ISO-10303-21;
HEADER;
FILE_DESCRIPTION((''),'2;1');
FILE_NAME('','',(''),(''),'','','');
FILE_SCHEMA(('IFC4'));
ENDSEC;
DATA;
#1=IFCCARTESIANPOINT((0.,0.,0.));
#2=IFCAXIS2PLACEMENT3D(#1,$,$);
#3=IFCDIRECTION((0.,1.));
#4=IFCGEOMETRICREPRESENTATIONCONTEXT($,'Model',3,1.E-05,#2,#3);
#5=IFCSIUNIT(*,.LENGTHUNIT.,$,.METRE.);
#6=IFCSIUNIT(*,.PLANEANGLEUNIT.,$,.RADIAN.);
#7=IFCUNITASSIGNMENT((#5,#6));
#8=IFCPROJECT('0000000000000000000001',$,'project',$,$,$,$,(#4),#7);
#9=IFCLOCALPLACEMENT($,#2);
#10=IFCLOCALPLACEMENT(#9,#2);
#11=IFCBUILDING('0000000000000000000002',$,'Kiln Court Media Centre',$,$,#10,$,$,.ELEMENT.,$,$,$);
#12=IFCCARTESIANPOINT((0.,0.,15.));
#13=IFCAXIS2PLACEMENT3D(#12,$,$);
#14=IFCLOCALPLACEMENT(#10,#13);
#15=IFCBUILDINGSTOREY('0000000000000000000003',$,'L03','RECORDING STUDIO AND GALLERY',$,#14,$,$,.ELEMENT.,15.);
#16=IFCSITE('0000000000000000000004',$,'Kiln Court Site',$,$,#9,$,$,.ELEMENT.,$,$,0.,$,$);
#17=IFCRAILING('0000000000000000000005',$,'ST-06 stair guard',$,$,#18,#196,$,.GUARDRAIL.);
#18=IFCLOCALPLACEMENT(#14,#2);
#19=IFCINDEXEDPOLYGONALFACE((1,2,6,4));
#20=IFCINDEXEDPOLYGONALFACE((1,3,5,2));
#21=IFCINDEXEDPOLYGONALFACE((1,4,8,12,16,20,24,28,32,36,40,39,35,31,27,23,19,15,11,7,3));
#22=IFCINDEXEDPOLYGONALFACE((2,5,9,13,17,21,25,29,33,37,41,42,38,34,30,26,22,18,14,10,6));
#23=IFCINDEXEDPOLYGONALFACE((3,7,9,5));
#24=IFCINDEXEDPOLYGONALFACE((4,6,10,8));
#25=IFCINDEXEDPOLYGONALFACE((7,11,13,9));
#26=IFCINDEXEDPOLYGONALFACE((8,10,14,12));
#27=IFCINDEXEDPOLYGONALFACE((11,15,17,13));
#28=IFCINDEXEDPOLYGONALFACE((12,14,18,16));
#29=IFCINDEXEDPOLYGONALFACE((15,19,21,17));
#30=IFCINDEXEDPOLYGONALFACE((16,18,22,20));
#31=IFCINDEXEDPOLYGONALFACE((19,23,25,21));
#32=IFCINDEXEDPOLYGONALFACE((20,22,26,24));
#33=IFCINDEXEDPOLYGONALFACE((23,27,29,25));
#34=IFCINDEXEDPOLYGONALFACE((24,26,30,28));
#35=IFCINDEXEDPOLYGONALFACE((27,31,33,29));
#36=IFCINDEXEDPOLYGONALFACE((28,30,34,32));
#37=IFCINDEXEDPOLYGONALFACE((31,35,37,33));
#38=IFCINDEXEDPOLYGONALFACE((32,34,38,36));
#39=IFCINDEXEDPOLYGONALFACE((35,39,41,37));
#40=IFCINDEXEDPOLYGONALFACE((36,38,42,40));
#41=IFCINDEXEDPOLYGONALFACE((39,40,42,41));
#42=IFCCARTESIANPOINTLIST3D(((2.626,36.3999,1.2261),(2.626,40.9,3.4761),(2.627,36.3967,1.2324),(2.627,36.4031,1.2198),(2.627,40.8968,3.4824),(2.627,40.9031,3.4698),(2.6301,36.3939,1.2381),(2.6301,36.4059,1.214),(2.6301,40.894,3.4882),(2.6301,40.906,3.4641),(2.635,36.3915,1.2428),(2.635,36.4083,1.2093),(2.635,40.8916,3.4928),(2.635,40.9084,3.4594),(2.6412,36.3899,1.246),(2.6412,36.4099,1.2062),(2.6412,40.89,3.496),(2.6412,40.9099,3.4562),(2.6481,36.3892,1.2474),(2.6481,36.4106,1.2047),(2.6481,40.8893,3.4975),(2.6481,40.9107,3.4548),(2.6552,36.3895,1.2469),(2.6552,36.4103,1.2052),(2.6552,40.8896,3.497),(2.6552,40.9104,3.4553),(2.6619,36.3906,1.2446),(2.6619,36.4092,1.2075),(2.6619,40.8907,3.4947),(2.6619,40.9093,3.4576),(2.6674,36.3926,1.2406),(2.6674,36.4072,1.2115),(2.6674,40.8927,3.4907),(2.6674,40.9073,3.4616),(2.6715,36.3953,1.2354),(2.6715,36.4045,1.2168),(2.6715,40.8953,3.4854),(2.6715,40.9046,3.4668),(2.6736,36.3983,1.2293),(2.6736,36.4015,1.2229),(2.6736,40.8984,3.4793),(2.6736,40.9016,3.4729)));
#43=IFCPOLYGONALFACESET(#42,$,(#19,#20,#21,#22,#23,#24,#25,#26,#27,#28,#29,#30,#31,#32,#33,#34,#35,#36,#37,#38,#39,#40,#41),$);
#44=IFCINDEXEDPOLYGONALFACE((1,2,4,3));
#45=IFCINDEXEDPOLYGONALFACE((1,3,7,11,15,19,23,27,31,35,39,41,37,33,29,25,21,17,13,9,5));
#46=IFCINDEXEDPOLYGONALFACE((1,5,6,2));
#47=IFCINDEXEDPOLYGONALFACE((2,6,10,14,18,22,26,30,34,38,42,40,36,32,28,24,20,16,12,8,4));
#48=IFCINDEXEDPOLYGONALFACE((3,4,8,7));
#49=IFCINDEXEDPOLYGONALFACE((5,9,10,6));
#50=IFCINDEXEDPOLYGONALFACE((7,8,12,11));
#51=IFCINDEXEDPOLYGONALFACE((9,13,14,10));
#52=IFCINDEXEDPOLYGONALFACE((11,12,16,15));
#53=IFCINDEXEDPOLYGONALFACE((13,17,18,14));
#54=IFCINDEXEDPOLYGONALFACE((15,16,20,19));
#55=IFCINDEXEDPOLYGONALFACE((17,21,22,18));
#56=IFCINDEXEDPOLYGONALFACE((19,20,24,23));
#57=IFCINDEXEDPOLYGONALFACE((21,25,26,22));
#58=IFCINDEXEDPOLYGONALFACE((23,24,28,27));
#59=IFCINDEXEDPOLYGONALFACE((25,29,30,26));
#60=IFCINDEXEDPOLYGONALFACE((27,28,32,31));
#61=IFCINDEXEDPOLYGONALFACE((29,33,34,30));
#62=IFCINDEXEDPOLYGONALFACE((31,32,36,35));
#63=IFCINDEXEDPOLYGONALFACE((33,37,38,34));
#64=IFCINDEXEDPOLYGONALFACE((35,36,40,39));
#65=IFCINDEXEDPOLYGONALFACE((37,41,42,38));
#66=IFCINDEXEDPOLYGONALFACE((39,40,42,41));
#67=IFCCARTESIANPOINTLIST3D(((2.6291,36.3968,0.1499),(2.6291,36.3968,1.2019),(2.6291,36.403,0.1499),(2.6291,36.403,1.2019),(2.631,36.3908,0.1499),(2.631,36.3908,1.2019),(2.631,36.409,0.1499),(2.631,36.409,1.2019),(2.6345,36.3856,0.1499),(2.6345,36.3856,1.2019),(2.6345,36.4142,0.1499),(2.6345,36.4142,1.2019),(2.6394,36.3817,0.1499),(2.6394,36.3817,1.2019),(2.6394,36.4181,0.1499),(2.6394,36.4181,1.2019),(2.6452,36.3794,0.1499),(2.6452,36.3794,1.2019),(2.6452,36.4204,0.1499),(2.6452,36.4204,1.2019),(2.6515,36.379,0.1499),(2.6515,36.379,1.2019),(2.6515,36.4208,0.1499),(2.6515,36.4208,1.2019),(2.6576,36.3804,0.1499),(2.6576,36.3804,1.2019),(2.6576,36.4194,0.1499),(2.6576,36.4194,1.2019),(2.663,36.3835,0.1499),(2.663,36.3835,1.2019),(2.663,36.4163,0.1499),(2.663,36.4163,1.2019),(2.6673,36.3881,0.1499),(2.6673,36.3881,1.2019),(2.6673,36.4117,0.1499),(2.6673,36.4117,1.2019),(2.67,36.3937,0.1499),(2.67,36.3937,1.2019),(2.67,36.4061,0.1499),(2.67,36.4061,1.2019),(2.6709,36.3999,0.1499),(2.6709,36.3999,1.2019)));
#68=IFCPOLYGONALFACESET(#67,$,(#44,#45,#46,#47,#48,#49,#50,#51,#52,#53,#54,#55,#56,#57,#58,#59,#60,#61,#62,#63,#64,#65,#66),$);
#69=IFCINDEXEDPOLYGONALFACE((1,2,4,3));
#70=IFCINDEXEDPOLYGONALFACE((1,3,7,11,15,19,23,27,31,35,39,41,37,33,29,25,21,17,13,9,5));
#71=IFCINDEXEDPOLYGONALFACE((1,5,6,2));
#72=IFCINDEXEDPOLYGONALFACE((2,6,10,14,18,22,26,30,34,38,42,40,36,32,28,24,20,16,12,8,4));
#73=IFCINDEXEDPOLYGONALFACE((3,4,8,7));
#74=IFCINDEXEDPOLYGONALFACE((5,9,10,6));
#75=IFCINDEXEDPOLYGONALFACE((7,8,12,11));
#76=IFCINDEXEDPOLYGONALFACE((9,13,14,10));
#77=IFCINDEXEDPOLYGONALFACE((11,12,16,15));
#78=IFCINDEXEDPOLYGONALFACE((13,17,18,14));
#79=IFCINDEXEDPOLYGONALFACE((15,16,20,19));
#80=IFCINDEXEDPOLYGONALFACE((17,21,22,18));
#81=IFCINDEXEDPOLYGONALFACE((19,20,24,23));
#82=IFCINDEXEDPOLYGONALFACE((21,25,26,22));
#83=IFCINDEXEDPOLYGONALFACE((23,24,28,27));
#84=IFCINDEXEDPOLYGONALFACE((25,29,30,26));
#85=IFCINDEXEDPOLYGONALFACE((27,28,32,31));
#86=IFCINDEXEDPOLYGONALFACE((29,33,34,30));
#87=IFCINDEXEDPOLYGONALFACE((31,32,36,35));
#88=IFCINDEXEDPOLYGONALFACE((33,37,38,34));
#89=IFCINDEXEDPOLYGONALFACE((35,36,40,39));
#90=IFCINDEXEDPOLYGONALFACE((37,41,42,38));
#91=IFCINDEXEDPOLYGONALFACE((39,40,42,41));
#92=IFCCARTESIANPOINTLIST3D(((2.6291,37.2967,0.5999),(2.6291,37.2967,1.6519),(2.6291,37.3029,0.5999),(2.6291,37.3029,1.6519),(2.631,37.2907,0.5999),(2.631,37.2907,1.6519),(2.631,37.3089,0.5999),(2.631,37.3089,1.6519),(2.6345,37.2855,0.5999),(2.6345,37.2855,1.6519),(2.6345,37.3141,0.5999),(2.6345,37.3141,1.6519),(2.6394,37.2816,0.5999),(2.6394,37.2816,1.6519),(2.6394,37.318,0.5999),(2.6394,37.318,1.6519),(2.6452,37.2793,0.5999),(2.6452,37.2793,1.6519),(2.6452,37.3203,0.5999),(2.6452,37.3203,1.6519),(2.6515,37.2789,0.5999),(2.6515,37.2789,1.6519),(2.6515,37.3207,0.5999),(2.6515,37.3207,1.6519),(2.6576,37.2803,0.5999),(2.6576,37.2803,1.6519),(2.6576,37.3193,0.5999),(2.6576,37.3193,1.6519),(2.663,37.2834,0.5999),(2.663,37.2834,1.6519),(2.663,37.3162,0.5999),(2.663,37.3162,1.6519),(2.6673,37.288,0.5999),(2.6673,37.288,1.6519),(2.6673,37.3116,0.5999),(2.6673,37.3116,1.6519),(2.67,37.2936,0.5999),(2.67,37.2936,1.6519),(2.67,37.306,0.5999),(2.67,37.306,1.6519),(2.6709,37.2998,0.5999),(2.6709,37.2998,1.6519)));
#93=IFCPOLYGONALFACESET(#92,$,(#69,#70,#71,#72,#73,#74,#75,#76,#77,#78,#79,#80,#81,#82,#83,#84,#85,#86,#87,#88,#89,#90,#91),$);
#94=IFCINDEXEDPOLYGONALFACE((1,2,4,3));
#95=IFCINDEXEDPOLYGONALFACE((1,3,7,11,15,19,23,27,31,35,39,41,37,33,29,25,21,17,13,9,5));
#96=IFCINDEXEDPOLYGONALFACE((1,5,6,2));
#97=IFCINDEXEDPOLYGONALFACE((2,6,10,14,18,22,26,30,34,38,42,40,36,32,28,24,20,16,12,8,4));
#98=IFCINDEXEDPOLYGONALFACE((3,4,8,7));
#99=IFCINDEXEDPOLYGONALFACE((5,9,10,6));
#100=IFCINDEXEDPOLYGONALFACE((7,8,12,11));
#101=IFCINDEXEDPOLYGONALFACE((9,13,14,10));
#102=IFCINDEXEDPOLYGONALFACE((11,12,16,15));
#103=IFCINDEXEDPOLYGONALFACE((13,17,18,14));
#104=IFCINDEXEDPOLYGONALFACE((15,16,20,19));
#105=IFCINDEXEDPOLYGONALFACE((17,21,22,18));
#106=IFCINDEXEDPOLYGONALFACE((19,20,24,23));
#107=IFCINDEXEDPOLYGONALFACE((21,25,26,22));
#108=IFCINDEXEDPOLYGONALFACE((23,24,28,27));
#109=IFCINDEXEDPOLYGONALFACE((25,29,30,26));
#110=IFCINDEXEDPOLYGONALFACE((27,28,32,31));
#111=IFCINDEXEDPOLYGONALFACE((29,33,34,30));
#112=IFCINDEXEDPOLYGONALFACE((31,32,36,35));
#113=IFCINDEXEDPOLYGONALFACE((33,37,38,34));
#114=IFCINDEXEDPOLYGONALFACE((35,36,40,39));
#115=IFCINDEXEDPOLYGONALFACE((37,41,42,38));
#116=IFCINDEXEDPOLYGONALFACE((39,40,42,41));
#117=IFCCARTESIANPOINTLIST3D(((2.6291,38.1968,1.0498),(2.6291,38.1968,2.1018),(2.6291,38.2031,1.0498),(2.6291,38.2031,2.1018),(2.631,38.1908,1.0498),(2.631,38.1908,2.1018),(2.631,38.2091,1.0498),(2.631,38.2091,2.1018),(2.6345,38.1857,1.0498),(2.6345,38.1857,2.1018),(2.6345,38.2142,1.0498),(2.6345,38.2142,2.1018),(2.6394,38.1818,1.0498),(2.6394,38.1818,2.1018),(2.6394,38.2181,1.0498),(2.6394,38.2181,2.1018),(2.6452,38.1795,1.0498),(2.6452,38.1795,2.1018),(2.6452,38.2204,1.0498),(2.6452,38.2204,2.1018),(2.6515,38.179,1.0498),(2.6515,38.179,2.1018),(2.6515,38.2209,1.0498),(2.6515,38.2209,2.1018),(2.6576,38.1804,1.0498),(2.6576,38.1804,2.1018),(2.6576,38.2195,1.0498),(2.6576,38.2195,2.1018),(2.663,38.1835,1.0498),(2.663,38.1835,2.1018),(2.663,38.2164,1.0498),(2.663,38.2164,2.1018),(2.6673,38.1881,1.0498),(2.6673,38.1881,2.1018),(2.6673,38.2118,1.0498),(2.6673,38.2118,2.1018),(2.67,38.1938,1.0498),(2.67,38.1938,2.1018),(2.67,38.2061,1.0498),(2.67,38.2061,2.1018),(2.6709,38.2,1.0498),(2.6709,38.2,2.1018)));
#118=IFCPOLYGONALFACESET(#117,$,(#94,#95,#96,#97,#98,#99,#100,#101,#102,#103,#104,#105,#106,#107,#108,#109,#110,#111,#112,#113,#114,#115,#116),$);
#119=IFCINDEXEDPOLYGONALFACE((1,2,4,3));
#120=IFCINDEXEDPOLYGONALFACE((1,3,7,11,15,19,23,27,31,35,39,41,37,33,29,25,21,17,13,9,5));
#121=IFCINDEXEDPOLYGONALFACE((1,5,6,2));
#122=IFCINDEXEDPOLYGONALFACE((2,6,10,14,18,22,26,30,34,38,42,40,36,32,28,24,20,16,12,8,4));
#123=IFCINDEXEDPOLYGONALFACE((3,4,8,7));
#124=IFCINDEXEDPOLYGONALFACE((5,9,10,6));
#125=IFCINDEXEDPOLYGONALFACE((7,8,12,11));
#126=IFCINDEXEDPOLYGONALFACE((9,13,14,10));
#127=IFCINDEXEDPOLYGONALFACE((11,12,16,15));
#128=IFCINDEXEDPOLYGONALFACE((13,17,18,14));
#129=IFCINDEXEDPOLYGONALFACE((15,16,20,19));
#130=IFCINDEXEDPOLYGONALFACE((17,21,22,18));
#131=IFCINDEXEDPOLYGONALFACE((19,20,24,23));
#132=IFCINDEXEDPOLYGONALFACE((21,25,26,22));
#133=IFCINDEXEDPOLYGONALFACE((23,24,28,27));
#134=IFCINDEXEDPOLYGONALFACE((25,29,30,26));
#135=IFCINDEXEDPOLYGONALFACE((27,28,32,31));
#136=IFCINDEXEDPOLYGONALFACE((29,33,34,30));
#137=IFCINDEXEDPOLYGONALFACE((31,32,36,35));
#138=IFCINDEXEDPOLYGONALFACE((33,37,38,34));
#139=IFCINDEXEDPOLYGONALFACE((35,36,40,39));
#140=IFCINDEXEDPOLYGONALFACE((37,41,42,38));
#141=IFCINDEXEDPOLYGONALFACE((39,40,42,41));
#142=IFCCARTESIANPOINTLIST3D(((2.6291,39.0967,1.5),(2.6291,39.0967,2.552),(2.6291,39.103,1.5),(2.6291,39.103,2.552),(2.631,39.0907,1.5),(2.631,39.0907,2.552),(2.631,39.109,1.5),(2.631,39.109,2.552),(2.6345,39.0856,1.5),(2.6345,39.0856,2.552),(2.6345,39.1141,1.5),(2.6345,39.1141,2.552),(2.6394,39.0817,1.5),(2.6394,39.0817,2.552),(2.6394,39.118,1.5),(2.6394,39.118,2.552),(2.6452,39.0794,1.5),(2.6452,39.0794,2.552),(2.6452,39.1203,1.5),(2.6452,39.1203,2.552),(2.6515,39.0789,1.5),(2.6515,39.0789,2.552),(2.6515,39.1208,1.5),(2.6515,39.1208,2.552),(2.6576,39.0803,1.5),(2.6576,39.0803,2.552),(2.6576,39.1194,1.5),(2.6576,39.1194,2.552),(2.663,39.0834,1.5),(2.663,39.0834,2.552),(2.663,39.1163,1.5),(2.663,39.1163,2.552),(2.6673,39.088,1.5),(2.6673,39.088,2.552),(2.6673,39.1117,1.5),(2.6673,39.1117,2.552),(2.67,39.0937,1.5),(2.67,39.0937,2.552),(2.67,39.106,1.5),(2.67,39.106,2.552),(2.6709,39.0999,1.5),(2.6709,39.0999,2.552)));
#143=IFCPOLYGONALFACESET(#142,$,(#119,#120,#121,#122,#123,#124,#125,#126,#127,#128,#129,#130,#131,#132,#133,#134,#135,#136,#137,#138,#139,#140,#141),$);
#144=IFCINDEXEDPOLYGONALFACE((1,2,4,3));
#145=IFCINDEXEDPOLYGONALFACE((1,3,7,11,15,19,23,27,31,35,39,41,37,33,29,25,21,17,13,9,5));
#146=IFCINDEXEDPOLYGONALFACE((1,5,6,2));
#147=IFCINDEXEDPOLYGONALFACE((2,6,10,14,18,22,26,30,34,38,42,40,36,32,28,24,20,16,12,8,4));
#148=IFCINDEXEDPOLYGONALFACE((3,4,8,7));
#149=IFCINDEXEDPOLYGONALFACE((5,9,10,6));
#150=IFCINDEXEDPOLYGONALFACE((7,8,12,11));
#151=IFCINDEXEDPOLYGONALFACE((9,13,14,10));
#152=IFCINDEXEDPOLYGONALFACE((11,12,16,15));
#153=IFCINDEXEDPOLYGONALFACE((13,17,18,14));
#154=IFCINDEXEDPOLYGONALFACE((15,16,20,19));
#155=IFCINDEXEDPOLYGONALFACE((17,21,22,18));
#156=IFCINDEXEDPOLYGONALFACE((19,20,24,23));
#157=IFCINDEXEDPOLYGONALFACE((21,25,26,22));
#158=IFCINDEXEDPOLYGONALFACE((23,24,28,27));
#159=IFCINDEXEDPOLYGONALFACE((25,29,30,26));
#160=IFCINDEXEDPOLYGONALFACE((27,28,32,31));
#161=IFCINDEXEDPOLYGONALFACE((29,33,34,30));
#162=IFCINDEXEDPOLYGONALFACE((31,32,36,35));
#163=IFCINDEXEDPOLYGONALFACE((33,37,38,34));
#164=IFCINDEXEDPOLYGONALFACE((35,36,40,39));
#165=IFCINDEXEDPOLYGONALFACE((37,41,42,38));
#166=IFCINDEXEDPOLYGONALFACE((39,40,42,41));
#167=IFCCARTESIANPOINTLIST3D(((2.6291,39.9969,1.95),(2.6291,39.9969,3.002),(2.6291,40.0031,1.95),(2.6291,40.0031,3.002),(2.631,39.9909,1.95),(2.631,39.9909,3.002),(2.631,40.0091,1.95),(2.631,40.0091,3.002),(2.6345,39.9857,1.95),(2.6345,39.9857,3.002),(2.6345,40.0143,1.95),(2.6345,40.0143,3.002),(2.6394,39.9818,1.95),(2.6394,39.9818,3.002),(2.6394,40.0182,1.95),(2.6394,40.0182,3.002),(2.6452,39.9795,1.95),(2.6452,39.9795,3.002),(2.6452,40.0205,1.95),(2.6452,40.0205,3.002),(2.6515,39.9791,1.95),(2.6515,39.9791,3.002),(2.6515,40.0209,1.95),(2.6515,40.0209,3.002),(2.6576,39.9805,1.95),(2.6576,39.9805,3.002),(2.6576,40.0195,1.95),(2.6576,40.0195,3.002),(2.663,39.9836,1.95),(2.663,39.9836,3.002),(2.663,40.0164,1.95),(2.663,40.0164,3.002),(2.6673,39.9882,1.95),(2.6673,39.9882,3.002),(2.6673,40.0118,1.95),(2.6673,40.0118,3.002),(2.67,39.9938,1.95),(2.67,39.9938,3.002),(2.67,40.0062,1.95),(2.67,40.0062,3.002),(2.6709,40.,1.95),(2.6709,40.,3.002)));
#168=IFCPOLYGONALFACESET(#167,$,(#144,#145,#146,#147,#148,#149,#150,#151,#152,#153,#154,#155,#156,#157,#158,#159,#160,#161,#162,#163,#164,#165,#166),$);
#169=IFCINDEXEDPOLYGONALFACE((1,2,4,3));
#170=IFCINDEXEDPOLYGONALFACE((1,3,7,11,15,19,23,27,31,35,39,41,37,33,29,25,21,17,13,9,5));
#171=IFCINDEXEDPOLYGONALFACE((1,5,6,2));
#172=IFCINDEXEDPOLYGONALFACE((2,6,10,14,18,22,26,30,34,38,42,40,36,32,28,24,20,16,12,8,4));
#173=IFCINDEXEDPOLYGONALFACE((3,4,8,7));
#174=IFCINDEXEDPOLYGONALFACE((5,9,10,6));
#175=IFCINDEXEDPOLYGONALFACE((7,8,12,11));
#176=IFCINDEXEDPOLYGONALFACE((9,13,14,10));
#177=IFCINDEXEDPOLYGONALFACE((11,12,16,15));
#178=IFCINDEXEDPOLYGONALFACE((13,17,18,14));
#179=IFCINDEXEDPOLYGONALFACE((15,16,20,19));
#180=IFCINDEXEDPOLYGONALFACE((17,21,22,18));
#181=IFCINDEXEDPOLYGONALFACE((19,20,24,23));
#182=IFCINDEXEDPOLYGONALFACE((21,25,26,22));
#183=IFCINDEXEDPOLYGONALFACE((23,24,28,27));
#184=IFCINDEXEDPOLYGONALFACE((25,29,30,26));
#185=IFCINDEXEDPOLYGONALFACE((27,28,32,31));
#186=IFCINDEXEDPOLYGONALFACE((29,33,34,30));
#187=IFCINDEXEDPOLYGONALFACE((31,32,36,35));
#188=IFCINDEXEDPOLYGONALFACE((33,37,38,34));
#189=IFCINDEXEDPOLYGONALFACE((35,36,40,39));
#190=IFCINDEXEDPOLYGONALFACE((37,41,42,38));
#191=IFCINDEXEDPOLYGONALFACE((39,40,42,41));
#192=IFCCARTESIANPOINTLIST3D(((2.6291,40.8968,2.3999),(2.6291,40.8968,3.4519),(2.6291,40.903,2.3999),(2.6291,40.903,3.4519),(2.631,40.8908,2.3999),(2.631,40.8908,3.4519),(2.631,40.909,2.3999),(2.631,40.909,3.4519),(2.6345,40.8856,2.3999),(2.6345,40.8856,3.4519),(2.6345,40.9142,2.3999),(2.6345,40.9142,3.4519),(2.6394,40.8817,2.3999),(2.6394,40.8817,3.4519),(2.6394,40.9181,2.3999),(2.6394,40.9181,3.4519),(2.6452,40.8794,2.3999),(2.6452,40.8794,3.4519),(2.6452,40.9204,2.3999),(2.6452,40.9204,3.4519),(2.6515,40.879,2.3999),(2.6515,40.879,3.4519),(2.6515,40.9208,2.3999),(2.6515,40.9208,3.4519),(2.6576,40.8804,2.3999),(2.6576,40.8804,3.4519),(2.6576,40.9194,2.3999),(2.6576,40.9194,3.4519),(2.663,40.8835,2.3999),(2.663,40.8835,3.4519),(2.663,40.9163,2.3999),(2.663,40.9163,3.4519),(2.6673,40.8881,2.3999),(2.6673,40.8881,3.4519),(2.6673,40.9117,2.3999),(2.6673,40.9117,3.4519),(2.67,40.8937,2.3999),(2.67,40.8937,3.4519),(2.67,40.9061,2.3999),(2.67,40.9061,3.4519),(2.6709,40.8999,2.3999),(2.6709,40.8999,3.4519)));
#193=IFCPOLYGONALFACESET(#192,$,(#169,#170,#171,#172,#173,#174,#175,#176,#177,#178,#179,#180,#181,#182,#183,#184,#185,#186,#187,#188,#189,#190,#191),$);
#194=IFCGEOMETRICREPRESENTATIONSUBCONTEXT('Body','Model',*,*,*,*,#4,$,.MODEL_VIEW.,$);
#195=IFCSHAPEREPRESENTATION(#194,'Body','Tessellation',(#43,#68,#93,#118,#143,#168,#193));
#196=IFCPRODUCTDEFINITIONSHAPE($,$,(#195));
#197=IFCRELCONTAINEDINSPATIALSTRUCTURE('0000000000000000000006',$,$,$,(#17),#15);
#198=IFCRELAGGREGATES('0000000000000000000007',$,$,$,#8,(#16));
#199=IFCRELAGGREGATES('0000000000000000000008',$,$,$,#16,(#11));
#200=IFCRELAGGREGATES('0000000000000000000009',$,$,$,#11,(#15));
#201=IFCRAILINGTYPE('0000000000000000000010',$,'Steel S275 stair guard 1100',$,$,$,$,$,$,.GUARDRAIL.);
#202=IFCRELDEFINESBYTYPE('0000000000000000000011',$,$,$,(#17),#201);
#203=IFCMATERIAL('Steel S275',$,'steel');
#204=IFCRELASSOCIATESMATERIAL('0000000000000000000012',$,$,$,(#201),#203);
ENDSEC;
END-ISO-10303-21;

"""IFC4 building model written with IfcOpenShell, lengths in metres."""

from ifc_helpers import new_model, si_unit, direction, frame, origin, origin_2d, place, context, subcontext, project, spatial, circle, extrude, material, type_object, element, save


model = new_model("IFC4")

# Units and contexts
model_context = context("Model", 3, precision=1e-05, world=origin(), true_north=direction((0.0, 1.0)))
body_context = subcontext(model_context, "Body", "Model", "MODEL_VIEW")
ifc_project = project(units=[si_unit("LENGTHUNIT", "METRE"), si_unit("PLANEANGLEUNIT", "RADIAN")], contexts=[model_context])

# Site, building, storey
site_placement = place(None, origin())
site = spatial("IfcSite", under=ifc_project, at=site_placement, Name="Kiln Court Site", CompositionType="ELEMENT", RefElevation=0.0)
building_placement = place(site_placement, origin())
building = spatial("IfcBuilding", under=site, at=building_placement, Name="Kiln Court Media Centre", CompositionType="ELEMENT")
storey_placement = place(building_placement, frame((0.0, 0.0, 15.0)))
storey = spatial("IfcBuildingStorey", under=building, at=storey_placement, Name="L03", Description="RECORDING STUDIO AND GALLERY", CompositionType="ELEMENT", Elevation=15.0)

# Railing
ifc_material_1 = material(Name="Steel S275", Category="steel")
railing_type_1 = type_object("IfcRailingType", Name="Steel S275 stair guard 1100", PredefinedType="GUARDRAIL", material=ifc_material_1)
railing_1_placement = place(storey_placement, frame((2.6499, 36.3999, 0.1499)))
element("IfcRailing", 1, at=railing_1_placement, inside=storey, type_object=railing_type_1, Name="ST-06 stair guard", PredefinedType="GUARDRAIL", context=body_context, shape_type="SweptSolid", body=[
    extrude(circle(Radius=0.0239, at=origin_2d()), frame((0.0, 0.0, 1.0762), z_axis=(0.0, 0.894427, 0.447214), x_axis=(-1.0, 0.0, 0.0)), (0.0, 0.0, 1.0), 5.0312),
    extrude(circle(Radius=0.021, at=origin_2d()), origin(), (0.0, 0.0, 1.0), 1.052),
    extrude(circle(Radius=0.021, at=origin_2d()), frame((0.0, 0.8999, 0.45)), (0.0, 0.0, 1.0), 1.052),
    extrude(circle(Radius=0.021, at=origin_2d()), frame((0.0, 1.8, 0.8999)), (0.0, 0.0, 1.0), 1.052),
    extrude(circle(Radius=0.021, at=origin_2d()), frame((0.0, 2.7, 1.3501)), (0.0, 0.0, 1.0), 1.052),
    extrude(circle(Radius=0.021, at=origin_2d()), frame((0.0, 3.6001, 1.8)), (0.0, 0.0, 1.0), 1.052),
    extrude(circle(Radius=0.021, at=origin_2d()), frame((0.0, 4.5, 2.25)), (0.0, 0.0, 1.0), 1.052),
])

save(model, "model.ifc")
